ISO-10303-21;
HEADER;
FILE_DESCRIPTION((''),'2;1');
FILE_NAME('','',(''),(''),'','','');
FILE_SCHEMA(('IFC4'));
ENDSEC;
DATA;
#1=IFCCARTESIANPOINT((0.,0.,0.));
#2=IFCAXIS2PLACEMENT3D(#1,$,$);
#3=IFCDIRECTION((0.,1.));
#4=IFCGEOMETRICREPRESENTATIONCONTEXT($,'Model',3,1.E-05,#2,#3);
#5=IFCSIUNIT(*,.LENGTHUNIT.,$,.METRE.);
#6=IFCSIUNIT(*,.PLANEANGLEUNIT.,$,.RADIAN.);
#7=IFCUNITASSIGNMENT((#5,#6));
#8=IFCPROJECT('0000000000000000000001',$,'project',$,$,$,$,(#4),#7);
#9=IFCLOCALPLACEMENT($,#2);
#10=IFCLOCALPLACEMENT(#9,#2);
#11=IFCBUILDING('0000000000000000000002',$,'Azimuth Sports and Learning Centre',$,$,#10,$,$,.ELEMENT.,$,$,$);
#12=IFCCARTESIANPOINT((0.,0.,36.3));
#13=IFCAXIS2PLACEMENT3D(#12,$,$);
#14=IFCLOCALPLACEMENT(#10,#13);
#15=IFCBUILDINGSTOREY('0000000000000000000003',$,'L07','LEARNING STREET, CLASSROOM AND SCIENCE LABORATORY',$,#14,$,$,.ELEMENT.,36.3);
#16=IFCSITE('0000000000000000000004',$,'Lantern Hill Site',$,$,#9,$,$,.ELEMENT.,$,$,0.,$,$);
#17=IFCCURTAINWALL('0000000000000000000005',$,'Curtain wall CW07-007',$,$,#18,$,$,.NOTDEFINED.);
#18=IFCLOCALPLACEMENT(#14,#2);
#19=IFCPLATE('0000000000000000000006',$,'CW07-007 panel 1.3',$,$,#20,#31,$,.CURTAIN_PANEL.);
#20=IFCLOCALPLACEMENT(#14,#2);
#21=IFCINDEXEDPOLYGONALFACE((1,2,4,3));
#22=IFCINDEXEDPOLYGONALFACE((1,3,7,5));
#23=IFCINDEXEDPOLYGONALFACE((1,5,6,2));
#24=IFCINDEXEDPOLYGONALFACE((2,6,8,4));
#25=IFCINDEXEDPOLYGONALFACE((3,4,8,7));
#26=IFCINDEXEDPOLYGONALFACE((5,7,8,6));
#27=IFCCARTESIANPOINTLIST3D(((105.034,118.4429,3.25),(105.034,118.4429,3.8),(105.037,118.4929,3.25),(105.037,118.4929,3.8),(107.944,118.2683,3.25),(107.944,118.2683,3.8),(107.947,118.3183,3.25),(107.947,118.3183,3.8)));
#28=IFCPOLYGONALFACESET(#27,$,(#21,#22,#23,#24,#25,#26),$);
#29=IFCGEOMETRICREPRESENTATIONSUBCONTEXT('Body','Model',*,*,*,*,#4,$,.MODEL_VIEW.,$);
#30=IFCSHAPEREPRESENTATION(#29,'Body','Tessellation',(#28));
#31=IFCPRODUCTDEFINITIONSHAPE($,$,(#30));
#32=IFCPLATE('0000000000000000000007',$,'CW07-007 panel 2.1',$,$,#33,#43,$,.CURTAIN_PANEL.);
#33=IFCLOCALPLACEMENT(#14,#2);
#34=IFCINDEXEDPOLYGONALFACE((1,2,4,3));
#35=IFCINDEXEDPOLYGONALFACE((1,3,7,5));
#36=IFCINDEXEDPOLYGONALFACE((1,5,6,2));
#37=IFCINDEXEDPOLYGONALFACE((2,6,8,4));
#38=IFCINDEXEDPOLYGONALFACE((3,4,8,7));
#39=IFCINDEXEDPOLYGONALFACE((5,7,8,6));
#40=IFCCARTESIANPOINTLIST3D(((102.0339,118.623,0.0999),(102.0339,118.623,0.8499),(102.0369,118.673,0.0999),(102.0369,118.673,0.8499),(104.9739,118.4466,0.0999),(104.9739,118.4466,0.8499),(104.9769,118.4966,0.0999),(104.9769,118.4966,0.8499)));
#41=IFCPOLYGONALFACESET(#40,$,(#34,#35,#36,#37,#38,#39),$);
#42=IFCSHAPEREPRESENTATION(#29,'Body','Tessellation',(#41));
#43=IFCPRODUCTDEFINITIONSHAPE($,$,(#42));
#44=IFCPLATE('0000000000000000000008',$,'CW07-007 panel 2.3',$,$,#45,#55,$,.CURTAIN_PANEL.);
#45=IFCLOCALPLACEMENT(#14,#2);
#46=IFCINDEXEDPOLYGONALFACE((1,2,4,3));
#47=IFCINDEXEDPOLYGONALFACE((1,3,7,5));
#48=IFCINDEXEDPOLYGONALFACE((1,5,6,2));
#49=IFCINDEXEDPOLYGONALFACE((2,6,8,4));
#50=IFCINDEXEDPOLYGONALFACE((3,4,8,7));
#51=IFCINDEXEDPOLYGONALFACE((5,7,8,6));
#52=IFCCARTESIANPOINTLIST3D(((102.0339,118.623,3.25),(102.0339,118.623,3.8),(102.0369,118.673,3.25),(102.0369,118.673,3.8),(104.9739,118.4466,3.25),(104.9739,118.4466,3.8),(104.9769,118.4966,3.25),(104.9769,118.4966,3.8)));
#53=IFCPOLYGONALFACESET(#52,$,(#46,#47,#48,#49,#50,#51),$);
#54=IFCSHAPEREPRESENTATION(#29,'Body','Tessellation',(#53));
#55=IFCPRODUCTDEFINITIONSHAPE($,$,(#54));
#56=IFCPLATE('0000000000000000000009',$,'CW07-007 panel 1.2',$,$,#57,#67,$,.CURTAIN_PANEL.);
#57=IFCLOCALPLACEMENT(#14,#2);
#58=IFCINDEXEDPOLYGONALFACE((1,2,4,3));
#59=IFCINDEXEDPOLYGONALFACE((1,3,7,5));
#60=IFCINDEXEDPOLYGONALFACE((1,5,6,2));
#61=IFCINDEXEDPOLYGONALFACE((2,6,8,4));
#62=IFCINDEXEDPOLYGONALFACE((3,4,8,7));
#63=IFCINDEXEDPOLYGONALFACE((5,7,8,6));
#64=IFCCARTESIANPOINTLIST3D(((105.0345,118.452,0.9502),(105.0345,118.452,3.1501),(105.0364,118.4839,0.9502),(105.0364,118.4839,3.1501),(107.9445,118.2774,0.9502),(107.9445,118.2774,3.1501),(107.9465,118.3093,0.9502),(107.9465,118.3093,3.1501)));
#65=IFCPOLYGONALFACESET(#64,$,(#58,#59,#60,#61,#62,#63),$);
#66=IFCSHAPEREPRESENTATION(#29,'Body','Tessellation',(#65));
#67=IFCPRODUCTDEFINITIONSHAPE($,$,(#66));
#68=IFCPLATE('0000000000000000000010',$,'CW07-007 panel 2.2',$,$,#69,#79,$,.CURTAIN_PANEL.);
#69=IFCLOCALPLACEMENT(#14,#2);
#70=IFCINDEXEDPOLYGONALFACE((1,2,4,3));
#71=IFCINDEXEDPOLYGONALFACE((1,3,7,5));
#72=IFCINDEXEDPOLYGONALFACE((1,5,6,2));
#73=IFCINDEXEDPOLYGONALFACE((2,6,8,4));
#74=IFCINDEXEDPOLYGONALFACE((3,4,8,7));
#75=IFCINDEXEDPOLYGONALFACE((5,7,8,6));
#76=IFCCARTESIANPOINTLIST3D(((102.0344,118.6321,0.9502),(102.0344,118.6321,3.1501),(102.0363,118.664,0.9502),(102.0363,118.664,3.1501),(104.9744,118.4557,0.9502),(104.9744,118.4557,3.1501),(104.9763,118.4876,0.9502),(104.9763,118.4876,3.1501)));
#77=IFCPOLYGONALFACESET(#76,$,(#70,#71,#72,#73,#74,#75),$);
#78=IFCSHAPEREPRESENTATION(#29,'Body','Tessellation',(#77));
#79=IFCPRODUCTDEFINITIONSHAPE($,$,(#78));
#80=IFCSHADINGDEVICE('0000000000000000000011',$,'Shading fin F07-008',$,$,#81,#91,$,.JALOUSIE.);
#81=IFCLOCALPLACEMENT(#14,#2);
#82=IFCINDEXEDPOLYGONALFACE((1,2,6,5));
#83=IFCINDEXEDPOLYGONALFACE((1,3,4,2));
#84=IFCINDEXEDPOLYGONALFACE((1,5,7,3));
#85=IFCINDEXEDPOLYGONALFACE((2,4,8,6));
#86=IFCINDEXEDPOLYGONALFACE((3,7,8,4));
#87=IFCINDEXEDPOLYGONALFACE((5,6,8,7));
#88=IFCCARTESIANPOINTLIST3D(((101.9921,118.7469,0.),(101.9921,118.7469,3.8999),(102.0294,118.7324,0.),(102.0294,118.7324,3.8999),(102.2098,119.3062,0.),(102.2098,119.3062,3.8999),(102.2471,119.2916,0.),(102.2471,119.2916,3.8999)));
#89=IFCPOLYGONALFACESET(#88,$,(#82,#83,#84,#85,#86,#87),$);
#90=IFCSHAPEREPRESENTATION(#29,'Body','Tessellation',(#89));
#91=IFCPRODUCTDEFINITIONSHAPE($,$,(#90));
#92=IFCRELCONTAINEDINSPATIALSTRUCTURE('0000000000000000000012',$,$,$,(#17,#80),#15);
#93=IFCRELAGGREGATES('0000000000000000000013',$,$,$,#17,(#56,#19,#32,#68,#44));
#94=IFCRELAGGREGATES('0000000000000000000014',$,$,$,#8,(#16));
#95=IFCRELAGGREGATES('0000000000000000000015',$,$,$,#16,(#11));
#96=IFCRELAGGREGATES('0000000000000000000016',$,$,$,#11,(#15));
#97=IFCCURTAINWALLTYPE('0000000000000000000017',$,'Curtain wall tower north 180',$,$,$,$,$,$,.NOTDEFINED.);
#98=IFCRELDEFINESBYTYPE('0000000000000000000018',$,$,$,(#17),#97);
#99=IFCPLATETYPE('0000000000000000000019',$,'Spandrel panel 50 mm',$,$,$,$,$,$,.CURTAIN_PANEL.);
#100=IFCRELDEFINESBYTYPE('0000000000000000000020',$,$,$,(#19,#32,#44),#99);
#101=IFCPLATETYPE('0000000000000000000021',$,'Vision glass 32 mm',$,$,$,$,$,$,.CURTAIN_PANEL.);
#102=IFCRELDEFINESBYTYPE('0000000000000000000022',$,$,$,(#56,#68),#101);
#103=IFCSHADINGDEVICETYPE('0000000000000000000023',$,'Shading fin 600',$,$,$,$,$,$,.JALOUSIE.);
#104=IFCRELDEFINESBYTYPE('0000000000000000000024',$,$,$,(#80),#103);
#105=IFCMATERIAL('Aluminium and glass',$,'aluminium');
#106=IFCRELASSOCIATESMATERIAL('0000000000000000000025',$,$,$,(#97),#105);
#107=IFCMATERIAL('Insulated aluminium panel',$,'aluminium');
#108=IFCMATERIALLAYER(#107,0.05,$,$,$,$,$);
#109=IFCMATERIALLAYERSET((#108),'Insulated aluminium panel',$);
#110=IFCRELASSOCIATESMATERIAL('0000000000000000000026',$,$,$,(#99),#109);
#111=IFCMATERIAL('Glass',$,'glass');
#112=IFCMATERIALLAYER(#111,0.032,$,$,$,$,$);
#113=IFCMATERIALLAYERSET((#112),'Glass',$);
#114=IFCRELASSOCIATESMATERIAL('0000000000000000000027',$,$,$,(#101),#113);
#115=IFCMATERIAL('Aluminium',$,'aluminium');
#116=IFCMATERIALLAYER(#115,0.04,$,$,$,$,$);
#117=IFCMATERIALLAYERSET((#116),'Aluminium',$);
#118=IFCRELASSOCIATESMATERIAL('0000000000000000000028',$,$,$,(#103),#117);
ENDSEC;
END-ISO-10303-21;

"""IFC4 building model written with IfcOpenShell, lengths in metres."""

from ifc_helpers import new_model, si_unit, direction, frame, origin, origin_2d, place, context, subcontext, project, spatial, rectangle, extrude, material, layer, layer_set, type_object, element, aggregate, save


model = new_model("IFC4")

# Units and contexts
model_context = context("Model", 3, precision=1e-05, world=origin(), true_north=direction((0.0, 1.0)))
body_context = subcontext(model_context, "Body", "Model", "MODEL_VIEW")
ifc_project = project(units=[si_unit("LENGTHUNIT", "METRE"), si_unit("PLANEANGLEUNIT", "RADIAN")], contexts=[model_context])

# Site, building, storey
site_placement = place(None, origin())
site = spatial("IfcSite", under=ifc_project, at=site_placement, Name="Lantern Hill Site", CompositionType="ELEMENT", RefElevation=0.0)
building_placement = place(site_placement, origin())
building = spatial("IfcBuilding", under=site, at=building_placement, Name="Azimuth Sports and Learning Centre", CompositionType="ELEMENT")
storey_placement = place(building_placement, frame((0.0, 0.0, 36.3)))
storey = spatial("IfcBuildingStorey", under=building, at=storey_placement, Name="L07", Description="LEARNING STREET, CLASSROOM AND SCIENCE LABORATORY", CompositionType="ELEMENT", Elevation=36.3)

# Curtain wall, plates
ifc_material_1 = material(Name="Aluminium and glass", Category="aluminium")
curtain_wall_type = type_object("IfcCurtainWallType", Name="Curtain wall tower north 180", PredefinedType="NOTDEFINED", material=ifc_material_1)
curtain_wall_placement = place(storey_placement, origin())
curtain_wall = element("IfcCurtainWall", 1, at=curtain_wall_placement, inside=storey, type_object=curtain_wall_type, Name="Curtain wall CW07-007", PredefinedType="NOTDEFINED")
ifc_material_2 = material(Name="Insulated aluminium panel", Category="aluminium")
ifc_layer_1 = layer(ifc_material_2, 0.05)
ifc_layer_set_1 = layer_set([ifc_layer_1], Name="Insulated aluminium panel")
plate_type_1 = type_object("IfcPlateType", Name="Spandrel panel 50 mm", PredefinedType="CURTAIN_PANEL", material=ifc_layer_set_1)
plate_1_placement = place(storey_placement, frame((106.4905, 118.3806, 3.25), z_axis=(0.0, 0.0, 1.0), x_axis=(-0.998205, 0.059892, 0.0)))
plate_1 = element("IfcPlate", 2, at=plate_1_placement, type_object=plate_type_1, Name="CW07-007 panel 1.3", PredefinedType="CURTAIN_PANEL", context=body_context, shape_type="SweptSolid", body=[
    extrude(rectangle(XDim=2.9153, YDim=0.05, at=origin_2d()), origin(), (0.0, 0.0, 1.0), 0.55),
])
plate_2_placement = place(storey_placement, frame((103.5054, 118.5598, 0.0999), z_axis=(0.0, 0.0, 1.0), x_axis=(-0.998205, 0.059892, 0.0)))
plate_2 = element("IfcPlate", 3, at=plate_2_placement, type_object=plate_type_1, Name="CW07-007 panel 2.1", PredefinedType="CURTAIN_PANEL", context=body_context, shape_type="SweptSolid", body=[
    extrude(rectangle(XDim=2.9453, YDim=0.05, at=origin_2d()), origin(), (0.0, 0.0, 1.0), 0.75),
])
plate_3_placement = place(storey_placement, frame((103.5054, 118.5598, 3.25), z_axis=(0.0, 0.0, 1.0), x_axis=(-0.998205, 0.059892, 0.0)))
plate_3 = element("IfcPlate", 4, at=plate_3_placement, type_object=plate_type_1, Name="CW07-007 panel 2.3", PredefinedType="CURTAIN_PANEL", context=body_context, shape_type="SweptSolid", body=[
    extrude(rectangle(XDim=2.9453, YDim=0.05, at=origin_2d()), origin(), (0.0, 0.0, 1.0), 0.55),
])
ifc_material_3 = material(Name="Glass", Category="glass")
ifc_layer_2 = layer(ifc_material_3, 0.032)
ifc_layer_set_2 = layer_set([ifc_layer_2], Name="Glass")
plate_type_2 = type_object("IfcPlateType", Name="Vision glass 32 mm", PredefinedType="CURTAIN_PANEL", material=ifc_layer_set_2)
plate_4_placement = place(storey_placement, frame((106.4905, 118.3806, 0.9502), z_axis=(0.0, 0.0, 1.0), x_axis=(-0.998205, 0.059892, 0.0)))
plate_4 = element("IfcPlate", 5, at=plate_4_placement, type_object=plate_type_2, Name="CW07-007 panel 1.2", PredefinedType="CURTAIN_PANEL", context=body_context, shape_type="SweptSolid", body=[
    extrude(rectangle(XDim=2.9153, YDim=0.032, at=origin_2d()), origin(), (0.0, 0.0, 1.0), 2.2),
])
plate_5_placement = place(storey_placement, frame((103.5054, 118.5598, 0.9502), z_axis=(0.0, 0.0, 1.0), x_axis=(-0.998205, 0.059892, 0.0)))
plate_5 = element("IfcPlate", 6, at=plate_5_placement, type_object=plate_type_2, Name="CW07-007 panel 2.2", PredefinedType="CURTAIN_PANEL", context=body_context, shape_type="SweptSolid", body=[
    extrude(rectangle(XDim=2.9453, YDim=0.032, at=origin_2d()), origin(), (0.0, 0.0, 1.0), 2.2),
])
aggregate(curtain_wall, [plate_4, plate_1, plate_2, plate_5, plate_3])

# Shading device
ifc_material_4 = material(Name="Aluminium", Category="aluminium")
ifc_layer_3 = layer(ifc_material_4, 0.04)
ifc_layer_set_3 = layer_set([ifc_layer_3], Name="Aluminium")
shading_device_type = type_object("IfcShadingDeviceType", Name="Shading fin 600", PredefinedType="JALOUSIE", material=ifc_layer_set_3)
shading_device_placement = place(storey_placement, frame((102.1196, 119.0193, 0.0), z_axis=(0.0, 0.0, 1.0), x_axis=(0.362749, 0.931887, 0.0)))
element("IfcShadingDevice", 7, at=shading_device_placement, inside=storey, type_object=shading_device_type, Name="Shading fin F07-008", PredefinedType="JALOUSIE", context=body_context, shape_type="SweptSolid", body=[
    extrude(rectangle(XDim=0.6001, YDim=0.04, at=origin_2d()), origin(), (0.0, 0.0, 1.0), 3.8999),
])

save(model, "model.ifc")
